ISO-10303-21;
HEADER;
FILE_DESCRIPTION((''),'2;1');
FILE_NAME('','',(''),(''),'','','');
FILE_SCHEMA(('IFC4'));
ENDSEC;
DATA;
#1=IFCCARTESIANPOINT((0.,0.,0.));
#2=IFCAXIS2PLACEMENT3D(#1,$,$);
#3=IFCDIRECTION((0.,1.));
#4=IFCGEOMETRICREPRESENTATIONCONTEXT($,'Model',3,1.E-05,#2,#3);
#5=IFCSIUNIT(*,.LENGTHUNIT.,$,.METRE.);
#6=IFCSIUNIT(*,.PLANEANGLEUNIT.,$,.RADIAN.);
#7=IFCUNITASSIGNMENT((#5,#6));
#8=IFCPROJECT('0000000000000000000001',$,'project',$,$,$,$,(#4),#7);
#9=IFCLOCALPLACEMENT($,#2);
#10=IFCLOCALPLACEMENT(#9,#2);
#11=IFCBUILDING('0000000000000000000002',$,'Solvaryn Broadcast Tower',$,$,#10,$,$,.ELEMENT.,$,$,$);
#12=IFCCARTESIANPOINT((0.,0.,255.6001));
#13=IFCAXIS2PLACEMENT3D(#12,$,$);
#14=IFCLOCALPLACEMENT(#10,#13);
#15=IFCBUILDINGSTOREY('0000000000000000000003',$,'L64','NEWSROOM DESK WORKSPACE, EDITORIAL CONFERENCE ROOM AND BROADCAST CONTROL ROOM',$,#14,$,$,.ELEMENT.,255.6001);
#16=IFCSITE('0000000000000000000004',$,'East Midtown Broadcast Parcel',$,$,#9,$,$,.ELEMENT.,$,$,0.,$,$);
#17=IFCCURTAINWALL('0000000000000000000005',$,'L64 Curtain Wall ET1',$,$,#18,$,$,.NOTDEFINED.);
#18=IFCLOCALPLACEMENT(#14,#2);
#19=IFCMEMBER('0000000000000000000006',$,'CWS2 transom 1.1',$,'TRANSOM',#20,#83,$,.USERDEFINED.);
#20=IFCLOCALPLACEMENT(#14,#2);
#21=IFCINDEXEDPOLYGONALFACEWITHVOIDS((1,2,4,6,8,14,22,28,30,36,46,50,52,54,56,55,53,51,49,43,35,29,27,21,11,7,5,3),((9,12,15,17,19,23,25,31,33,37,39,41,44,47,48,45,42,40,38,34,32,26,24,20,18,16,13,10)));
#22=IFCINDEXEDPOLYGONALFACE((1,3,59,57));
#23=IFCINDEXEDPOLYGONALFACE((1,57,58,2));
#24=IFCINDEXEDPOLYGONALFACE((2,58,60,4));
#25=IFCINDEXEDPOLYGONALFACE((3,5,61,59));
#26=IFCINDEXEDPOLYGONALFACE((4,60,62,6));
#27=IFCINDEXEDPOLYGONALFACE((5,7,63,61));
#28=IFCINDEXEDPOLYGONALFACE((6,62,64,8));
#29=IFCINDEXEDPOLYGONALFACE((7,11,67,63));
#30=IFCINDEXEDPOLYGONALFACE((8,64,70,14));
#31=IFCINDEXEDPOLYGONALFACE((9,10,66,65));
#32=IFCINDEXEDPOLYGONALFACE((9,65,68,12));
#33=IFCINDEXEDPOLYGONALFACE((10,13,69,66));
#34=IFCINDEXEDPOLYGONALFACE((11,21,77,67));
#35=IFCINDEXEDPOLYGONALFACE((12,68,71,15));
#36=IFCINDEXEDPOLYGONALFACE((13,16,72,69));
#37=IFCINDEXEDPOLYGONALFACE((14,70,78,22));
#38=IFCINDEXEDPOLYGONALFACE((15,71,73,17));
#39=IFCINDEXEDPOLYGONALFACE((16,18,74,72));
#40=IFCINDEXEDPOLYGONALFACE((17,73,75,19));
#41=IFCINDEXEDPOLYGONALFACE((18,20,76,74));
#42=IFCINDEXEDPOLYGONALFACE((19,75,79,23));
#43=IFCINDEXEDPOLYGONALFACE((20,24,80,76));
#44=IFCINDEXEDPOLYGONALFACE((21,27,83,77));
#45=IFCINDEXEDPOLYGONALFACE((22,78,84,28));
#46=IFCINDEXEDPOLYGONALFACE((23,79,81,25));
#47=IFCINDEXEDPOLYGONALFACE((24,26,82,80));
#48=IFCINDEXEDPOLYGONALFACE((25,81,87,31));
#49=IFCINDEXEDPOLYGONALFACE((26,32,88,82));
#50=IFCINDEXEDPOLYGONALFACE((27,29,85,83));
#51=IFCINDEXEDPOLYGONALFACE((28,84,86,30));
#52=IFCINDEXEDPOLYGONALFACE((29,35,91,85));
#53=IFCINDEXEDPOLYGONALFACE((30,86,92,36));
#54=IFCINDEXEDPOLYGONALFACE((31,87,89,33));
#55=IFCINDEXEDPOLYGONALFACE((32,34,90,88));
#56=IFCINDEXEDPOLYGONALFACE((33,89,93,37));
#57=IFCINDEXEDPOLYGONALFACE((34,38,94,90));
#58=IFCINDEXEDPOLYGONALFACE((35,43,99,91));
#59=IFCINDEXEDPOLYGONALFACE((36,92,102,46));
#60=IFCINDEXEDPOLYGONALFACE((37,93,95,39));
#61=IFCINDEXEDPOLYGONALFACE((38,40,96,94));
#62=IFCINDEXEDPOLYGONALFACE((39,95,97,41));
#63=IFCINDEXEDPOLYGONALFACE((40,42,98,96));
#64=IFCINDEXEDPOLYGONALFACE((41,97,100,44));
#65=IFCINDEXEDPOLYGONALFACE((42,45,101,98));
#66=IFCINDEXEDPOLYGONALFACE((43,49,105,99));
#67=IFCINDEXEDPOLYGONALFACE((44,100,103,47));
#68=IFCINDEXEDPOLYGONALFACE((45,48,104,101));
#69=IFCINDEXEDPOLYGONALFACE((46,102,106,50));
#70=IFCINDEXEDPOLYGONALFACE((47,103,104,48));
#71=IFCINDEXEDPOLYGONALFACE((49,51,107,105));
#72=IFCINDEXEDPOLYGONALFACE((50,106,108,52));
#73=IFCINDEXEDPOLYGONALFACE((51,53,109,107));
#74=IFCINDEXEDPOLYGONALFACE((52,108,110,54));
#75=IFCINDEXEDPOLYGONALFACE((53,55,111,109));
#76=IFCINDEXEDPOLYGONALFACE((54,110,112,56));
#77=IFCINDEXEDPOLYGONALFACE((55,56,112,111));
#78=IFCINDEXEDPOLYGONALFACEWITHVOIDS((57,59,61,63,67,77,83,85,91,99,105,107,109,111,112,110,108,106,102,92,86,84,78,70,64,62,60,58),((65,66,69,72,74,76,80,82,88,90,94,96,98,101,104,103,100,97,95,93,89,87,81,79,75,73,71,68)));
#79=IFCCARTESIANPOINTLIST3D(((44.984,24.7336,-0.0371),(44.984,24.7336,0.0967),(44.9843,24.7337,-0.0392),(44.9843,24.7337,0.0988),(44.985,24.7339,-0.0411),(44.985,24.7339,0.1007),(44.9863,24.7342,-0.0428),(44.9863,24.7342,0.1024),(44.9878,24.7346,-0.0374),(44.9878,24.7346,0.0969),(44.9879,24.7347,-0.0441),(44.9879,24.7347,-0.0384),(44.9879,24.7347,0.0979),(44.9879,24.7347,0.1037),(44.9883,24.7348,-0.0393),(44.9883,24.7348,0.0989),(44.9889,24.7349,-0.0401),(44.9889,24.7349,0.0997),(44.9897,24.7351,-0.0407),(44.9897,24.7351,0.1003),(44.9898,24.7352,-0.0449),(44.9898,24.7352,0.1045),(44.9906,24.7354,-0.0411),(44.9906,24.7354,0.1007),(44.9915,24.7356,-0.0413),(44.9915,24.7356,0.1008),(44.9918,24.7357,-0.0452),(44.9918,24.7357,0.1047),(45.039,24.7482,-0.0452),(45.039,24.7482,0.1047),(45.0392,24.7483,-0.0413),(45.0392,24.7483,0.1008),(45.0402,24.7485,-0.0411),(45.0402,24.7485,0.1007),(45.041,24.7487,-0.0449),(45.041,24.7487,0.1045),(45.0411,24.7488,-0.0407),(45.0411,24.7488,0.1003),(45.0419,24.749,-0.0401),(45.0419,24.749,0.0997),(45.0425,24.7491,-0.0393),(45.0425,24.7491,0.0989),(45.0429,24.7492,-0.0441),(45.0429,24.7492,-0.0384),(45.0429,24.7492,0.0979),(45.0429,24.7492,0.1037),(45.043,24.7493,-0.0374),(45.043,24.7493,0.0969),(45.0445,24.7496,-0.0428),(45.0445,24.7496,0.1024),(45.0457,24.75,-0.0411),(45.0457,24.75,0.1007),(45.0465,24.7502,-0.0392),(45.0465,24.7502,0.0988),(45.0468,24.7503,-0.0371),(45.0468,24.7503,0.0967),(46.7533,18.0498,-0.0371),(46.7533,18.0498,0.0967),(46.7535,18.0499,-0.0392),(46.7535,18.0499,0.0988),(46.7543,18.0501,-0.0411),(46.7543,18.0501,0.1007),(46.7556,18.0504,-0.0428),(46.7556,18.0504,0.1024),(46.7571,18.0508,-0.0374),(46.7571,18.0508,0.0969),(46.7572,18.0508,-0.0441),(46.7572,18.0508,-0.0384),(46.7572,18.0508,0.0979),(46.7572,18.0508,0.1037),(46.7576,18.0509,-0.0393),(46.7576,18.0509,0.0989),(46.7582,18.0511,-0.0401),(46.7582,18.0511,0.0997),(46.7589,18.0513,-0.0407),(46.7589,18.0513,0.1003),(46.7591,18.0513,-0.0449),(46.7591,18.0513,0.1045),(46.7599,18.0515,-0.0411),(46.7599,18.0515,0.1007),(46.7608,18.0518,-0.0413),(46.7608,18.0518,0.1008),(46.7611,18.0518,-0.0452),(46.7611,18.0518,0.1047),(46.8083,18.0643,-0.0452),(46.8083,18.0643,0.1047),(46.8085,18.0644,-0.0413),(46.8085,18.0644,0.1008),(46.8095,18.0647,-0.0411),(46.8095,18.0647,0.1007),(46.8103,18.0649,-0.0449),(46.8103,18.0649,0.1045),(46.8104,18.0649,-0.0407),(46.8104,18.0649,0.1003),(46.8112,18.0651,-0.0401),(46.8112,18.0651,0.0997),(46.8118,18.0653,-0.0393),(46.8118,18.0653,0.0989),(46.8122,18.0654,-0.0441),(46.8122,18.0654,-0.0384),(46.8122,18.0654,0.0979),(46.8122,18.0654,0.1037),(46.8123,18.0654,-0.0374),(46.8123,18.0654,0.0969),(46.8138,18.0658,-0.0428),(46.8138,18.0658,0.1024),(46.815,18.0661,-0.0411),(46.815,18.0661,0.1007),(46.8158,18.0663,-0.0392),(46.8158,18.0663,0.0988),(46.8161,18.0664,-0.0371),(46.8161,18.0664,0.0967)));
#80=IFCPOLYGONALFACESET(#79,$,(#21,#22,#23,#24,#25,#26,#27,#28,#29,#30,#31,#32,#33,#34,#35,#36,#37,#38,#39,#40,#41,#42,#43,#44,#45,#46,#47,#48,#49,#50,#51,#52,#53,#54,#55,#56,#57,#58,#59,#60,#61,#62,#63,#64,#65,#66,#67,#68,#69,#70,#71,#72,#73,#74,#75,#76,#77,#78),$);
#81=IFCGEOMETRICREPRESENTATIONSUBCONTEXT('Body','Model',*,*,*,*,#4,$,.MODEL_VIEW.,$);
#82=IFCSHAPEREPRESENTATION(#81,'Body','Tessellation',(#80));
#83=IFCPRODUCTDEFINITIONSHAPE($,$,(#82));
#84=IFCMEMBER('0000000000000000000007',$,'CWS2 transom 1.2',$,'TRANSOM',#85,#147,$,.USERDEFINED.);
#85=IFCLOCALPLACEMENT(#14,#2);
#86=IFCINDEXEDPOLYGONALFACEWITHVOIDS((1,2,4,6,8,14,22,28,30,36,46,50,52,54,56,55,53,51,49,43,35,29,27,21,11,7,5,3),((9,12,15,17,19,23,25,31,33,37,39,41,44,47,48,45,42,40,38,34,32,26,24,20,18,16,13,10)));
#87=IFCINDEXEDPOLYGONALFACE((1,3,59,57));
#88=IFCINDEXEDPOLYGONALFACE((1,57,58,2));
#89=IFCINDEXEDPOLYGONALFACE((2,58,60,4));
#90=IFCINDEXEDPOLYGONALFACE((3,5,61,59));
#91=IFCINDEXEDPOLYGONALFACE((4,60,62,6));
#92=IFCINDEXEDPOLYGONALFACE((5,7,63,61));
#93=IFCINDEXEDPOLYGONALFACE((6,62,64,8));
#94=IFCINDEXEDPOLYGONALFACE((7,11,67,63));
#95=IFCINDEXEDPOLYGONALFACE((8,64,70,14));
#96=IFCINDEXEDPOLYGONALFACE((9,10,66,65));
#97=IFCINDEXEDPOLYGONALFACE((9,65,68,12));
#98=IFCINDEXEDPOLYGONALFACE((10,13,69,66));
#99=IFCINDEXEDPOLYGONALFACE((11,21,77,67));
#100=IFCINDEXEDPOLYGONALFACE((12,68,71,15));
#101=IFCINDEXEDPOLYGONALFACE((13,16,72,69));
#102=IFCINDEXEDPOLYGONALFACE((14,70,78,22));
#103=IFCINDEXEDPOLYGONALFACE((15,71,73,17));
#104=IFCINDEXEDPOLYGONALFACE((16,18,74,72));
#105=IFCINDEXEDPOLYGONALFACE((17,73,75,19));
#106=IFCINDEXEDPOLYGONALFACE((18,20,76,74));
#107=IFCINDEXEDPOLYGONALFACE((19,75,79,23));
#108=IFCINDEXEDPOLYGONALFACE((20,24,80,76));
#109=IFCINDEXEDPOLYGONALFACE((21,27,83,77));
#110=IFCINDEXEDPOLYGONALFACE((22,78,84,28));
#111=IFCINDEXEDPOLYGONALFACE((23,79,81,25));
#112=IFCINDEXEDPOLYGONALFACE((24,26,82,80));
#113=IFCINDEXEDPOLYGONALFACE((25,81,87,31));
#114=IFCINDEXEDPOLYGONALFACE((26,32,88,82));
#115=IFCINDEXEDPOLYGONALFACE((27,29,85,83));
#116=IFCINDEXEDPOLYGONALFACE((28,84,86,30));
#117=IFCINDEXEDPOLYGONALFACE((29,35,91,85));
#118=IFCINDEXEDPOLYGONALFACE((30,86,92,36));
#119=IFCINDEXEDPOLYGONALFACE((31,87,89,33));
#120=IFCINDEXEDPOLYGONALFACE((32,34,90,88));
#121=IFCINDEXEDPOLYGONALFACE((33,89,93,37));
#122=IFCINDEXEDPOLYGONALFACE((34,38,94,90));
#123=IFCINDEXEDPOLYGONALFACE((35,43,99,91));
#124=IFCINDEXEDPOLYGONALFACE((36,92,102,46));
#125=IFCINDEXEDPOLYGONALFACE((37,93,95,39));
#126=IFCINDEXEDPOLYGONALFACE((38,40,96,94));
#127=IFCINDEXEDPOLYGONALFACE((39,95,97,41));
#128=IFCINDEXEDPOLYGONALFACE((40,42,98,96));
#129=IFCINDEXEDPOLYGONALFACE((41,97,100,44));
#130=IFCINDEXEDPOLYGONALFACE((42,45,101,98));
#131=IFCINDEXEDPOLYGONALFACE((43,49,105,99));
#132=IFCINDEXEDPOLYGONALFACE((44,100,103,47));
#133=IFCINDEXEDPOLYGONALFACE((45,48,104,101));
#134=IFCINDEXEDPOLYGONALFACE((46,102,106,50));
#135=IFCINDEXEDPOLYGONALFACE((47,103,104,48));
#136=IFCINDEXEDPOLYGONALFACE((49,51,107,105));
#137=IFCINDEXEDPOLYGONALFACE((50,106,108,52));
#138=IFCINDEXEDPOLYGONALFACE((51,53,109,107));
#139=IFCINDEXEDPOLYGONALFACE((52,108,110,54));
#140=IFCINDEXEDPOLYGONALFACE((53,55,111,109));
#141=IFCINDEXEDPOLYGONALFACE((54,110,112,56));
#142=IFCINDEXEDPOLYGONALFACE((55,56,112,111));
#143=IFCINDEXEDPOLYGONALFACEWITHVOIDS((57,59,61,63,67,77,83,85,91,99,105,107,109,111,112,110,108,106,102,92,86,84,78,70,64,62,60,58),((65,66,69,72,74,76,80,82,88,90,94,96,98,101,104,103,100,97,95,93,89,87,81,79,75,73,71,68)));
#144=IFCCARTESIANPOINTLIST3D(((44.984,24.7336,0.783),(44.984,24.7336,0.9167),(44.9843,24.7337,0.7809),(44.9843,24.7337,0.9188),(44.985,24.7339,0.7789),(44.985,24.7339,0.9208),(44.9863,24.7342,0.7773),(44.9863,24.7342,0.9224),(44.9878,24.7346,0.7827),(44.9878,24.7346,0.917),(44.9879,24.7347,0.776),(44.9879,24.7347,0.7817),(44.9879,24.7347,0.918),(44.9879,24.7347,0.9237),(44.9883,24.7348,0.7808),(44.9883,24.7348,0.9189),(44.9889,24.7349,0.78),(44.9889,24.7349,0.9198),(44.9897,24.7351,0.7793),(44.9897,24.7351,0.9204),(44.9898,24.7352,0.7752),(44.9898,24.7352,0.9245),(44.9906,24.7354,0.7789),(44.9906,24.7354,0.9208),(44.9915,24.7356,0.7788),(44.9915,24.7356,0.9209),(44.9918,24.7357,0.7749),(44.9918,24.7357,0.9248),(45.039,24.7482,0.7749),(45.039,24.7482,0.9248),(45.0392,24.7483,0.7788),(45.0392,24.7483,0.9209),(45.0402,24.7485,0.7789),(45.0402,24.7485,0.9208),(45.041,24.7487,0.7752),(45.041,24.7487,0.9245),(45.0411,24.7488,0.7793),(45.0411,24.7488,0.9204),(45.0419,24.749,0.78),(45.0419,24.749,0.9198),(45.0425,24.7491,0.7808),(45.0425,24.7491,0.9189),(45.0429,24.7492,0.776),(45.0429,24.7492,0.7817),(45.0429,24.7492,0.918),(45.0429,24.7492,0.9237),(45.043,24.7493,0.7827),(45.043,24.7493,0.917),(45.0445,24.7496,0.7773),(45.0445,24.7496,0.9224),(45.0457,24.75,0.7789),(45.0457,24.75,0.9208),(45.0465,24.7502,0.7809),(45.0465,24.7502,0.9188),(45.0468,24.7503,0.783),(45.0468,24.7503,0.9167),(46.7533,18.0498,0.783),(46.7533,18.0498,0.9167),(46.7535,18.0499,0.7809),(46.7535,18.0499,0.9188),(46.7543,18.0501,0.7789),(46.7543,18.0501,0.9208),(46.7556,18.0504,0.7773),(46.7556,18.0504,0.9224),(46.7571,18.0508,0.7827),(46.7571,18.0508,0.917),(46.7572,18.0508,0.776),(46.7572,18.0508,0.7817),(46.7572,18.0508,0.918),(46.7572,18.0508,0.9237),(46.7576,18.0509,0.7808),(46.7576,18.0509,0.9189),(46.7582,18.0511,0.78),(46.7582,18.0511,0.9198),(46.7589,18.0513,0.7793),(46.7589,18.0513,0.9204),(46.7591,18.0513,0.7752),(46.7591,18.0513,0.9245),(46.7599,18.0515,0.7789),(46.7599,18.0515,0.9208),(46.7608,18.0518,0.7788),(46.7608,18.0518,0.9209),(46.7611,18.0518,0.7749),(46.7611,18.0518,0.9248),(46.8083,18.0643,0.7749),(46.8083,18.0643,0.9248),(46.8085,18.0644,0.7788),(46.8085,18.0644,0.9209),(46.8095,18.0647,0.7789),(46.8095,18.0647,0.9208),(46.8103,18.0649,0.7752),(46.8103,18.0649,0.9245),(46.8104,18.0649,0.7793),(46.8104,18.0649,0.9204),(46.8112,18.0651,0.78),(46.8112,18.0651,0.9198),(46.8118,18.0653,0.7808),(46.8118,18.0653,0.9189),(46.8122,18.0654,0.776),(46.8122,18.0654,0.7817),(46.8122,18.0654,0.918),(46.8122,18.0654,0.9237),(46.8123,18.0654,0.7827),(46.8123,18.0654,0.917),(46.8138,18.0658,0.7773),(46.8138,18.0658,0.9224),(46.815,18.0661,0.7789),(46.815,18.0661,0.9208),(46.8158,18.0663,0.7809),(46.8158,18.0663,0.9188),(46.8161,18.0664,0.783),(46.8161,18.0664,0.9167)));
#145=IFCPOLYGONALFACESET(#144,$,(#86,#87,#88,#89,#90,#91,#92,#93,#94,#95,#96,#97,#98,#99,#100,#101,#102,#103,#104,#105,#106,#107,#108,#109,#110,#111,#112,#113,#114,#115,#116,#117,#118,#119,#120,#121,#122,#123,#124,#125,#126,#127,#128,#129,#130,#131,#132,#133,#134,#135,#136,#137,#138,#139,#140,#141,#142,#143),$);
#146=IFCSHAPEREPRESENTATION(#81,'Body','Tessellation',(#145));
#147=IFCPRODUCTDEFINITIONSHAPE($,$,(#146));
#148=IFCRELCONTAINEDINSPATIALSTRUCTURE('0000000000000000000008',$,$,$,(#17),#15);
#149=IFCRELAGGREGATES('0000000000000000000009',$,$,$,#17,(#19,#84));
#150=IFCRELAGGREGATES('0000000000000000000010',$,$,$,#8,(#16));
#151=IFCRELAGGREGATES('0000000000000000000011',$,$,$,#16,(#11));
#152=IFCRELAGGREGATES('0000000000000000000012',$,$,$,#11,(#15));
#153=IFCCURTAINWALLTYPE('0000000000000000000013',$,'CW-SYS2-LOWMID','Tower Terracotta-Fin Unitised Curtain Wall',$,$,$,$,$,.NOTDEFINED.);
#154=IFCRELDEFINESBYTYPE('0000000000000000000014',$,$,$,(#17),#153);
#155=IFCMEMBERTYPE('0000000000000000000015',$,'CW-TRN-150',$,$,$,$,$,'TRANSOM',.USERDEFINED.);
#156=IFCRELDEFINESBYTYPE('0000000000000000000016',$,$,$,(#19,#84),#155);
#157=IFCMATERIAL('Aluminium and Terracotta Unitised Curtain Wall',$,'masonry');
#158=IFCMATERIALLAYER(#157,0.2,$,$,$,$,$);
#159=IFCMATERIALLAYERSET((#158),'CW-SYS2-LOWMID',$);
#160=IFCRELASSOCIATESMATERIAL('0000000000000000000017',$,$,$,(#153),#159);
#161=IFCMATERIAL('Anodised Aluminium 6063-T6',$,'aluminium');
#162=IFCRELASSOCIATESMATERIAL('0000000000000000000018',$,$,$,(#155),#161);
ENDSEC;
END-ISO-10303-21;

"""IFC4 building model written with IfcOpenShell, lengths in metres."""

from ifc_helpers import new_model, si_unit, direction, frame, origin, origin_2d, place, context, subcontext, project, spatial, hollow_rectangle, extrude, material, layer, layer_set, material_profile, profile_set, type_object, element, aggregate, save


model = new_model("IFC4")

# Units and contexts
model_context = context("Model", 3, precision=1e-05, world=origin(), true_north=direction((0.0, 1.0)))
body_context = subcontext(model_context, "Body", "Model", "MODEL_VIEW")
ifc_project = project(units=[si_unit("LENGTHUNIT", "METRE"), si_unit("PLANEANGLEUNIT", "RADIAN")], contexts=[model_context])

# Site, building, storey
site_placement = place(None, origin())
site = spatial("IfcSite", under=ifc_project, at=site_placement, Name="East Midtown Broadcast Parcel", CompositionType="ELEMENT", RefElevation=0.0)
building_placement = place(site_placement, origin())
building = spatial("IfcBuilding", under=site, at=building_placement, Name="Solvaryn Broadcast Tower", CompositionType="ELEMENT")
storey_placement = place(building_placement, frame((0.0, 0.0, 255.6001)))
storey = spatial("IfcBuildingStorey", under=building, at=storey_placement, Name="L64", Description="NEWSROOM DESK WORKSPACE, EDITORIAL CONFERENCE ROOM AND BROADCAST CONTROL ROOM", CompositionType="ELEMENT", Elevation=255.6001)

# Curtain wall
ifc_material_1 = material(Name="Aluminium and Terracotta Unitised Curtain Wall", Category="masonry")
ifc_layer_1 = layer(ifc_material_1, 0.2)
ifc_layer_set_1 = layer_set([ifc_layer_1], Name="CW-SYS2-LOWMID")
curtain_wall_type = type_object("IfcCurtainWallType", Name="CW-SYS2-LOWMID", Description="Tower Terracotta-Fin Unitised Curtain Wall", PredefinedType="NOTDEFINED", material=ifc_layer_set_1)
curtain_wall_1_placement = place(storey_placement, origin())
curtain_wall_1 = element("IfcCurtainWall", 1, at=curtain_wall_1_placement, inside=storey, type_object=curtain_wall_type, Name="L64 Curtain Wall ET1", PredefinedType="NOTDEFINED")

# Members
ifc_material_2 = material(Name="Anodised Aluminium 6063-T6", Category="aluminium")
ifc_material_profile_1 = material_profile(ifc_material_2, hollow_rectangle(XDim=0.0649, YDim=0.1499, WallThickness=0.0039, InnerFilletRadius=0.0039, OuterFilletRadius=0.0081, at=origin_2d()))
ifc_profile_set_1 = profile_set([ifc_material_profile_1], Name="Anodised Aluminium 6063-T6")
member_type_1 = type_object("IfcMemberType", Name="CW-TRN-150", ElementType="TRANSOM", PredefinedType="USERDEFINED", material=ifc_profile_set_1)
member_1_placement = place(storey_placement, frame((45.0154, 24.7419, 0.0298), z_axis=(0.255897, -0.966704, 0.0), x_axis=(0.966704, 0.255897, 0.0)))
member_1 = element("IfcMember", 2, at=member_1_placement, type_object=member_type_1, Name="CWS2 transom 1.1", ObjectType="TRANSOM", PredefinedType="USERDEFINED", context=body_context, shape_type="SweptSolid", body=[
    extrude(hollow_rectangle(XDim=0.0649, YDim=0.1499, WallThickness=0.0039, InnerFilletRadius=0.0039, OuterFilletRadius=0.0081, at=origin_2d()), origin(), (0.0, 0.0, 1.0), 6.9141),
])
member_2_placement = place(storey_placement, frame((45.0154, 24.7419, 0.8499), z_axis=(0.255897, -0.966704, 0.0), x_axis=(0.966704, 0.255897, 0.0)))
member_2 = element("IfcMember", 3, at=member_2_placement, type_object=member_type_1, Name="CWS2 transom 1.2", ObjectType="TRANSOM", PredefinedType="USERDEFINED", context=body_context, shape_type="SweptSolid", body=[
    extrude(hollow_rectangle(XDim=0.0649, YDim=0.1499, WallThickness=0.0039, InnerFilletRadius=0.0039, OuterFilletRadius=0.0081, at=origin_2d()), origin(), (0.0, 0.0, 1.0), 6.9141),
])

aggregate(curtain_wall_1, [member_1, member_2])

save(model, "model.ifc")
